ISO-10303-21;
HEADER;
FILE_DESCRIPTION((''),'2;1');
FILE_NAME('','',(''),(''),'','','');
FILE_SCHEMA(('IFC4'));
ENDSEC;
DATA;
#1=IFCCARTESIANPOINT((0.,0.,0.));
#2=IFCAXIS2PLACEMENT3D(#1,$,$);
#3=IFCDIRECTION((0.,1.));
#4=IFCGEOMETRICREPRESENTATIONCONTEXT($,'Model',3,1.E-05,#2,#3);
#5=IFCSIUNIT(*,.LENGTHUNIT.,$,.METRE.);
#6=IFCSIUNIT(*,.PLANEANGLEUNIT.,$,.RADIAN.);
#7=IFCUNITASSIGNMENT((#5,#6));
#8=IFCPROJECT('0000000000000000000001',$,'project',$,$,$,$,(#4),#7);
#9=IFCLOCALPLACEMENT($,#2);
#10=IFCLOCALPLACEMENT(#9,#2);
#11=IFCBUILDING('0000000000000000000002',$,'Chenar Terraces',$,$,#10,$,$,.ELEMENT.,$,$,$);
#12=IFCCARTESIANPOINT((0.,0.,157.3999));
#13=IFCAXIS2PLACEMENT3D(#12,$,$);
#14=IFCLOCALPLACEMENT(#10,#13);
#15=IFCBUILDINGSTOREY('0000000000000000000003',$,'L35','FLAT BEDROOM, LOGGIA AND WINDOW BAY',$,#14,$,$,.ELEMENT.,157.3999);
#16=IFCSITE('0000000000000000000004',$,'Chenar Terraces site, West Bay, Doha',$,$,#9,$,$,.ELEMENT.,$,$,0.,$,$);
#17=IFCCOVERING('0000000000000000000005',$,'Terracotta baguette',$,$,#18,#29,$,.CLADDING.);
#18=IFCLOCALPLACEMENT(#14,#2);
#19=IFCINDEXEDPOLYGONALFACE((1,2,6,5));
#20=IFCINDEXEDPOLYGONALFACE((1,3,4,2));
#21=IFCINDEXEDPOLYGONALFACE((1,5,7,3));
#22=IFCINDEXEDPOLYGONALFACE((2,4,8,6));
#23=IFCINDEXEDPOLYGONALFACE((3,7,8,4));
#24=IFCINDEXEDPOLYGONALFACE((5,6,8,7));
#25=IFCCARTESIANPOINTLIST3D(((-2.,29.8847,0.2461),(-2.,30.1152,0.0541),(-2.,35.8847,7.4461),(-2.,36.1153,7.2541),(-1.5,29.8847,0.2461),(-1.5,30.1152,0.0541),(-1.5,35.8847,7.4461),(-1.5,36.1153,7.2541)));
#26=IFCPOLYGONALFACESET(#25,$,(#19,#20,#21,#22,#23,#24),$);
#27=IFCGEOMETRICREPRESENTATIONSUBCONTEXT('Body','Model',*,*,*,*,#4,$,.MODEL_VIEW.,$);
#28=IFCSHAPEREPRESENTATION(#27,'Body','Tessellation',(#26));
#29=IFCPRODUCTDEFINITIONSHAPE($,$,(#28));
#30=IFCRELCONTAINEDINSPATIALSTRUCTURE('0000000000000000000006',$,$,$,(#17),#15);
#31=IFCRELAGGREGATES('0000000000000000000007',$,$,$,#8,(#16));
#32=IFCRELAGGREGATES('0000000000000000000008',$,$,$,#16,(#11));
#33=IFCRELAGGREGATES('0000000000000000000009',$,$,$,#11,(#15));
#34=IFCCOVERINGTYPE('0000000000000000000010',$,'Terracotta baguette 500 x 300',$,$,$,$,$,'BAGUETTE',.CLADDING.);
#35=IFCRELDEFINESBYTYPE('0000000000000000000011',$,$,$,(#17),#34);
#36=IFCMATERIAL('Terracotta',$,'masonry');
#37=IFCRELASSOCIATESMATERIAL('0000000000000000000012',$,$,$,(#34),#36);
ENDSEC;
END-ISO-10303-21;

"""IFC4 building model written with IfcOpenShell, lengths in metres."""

from ifc_helpers import new_model, si_unit, direction, frame, origin, origin_2d, place, context, subcontext, project, spatial, rectangle, extrude, material, material_profile, profile_set, type_object, element, save


model = new_model("IFC4")

# Units and contexts
model_context = context("Model", 3, precision=1e-05, world=origin(), true_north=direction((0.0, 1.0)))
body_context = subcontext(model_context, "Body", "Model", "MODEL_VIEW")
ifc_project = project(units=[si_unit("LENGTHUNIT", "METRE"), si_unit("PLANEANGLEUNIT", "RADIAN")], contexts=[model_context])

# Site, building, storey
site_placement = place(None, origin())
site = spatial("IfcSite", under=ifc_project, at=site_placement, Name="Chenar Terraces site, West Bay, Doha", CompositionType="ELEMENT", RefElevation=0.0)
building_placement = place(site_placement, origin())
building = spatial("IfcBuilding", under=site, at=building_placement, Name="Chenar Terraces", CompositionType="ELEMENT")
storey_placement = place(building_placement, frame((0.0, 0.0, 157.3999)))
storey = spatial("IfcBuildingStorey", under=building, at=storey_placement, Name="L35", Description="FLAT BEDROOM, LOGGIA AND WINDOW BAY", CompositionType="ELEMENT", Elevation=157.3999)

# Covering
ifc_material_1 = material(Name="Terracotta", Category="masonry")
ifc_material_profile = material_profile(ifc_material_1, rectangle(XDim=0.5, YDim=0.3, at=origin_2d()), Name="Terracotta baguette 500 x 300")
ifc_profile_set = profile_set([ifc_material_profile], Name="Terracotta")
covering_type = type_object("IfcCoveringType", Name="Terracotta baguette 500 x 300", ElementType="BAGUETTE", PredefinedType="CLADDING", material=ifc_profile_set)
for number, where, z_axis, x_axis, name in (
    (1, (-1.75, 36.0, 7.3501), (0.0, -0.640187, -0.768219), (1.0, 0.0, 0.0), "Terracotta baguette"),
):
    element("IfcCovering", number, at=place(storey_placement, frame(where, z_axis=z_axis, x_axis=x_axis)), inside=storey, type_object=covering_type, Name=name, PredefinedType="CLADDING", context=body_context, shape_type="SweptSolid", body=[
        extrude(rectangle(XDim=0.5, YDim=0.3, at=origin_2d()), origin(), (0.0, 0.0, 1.0), 9.3723),
    ])

save(model, "model.ifc")
